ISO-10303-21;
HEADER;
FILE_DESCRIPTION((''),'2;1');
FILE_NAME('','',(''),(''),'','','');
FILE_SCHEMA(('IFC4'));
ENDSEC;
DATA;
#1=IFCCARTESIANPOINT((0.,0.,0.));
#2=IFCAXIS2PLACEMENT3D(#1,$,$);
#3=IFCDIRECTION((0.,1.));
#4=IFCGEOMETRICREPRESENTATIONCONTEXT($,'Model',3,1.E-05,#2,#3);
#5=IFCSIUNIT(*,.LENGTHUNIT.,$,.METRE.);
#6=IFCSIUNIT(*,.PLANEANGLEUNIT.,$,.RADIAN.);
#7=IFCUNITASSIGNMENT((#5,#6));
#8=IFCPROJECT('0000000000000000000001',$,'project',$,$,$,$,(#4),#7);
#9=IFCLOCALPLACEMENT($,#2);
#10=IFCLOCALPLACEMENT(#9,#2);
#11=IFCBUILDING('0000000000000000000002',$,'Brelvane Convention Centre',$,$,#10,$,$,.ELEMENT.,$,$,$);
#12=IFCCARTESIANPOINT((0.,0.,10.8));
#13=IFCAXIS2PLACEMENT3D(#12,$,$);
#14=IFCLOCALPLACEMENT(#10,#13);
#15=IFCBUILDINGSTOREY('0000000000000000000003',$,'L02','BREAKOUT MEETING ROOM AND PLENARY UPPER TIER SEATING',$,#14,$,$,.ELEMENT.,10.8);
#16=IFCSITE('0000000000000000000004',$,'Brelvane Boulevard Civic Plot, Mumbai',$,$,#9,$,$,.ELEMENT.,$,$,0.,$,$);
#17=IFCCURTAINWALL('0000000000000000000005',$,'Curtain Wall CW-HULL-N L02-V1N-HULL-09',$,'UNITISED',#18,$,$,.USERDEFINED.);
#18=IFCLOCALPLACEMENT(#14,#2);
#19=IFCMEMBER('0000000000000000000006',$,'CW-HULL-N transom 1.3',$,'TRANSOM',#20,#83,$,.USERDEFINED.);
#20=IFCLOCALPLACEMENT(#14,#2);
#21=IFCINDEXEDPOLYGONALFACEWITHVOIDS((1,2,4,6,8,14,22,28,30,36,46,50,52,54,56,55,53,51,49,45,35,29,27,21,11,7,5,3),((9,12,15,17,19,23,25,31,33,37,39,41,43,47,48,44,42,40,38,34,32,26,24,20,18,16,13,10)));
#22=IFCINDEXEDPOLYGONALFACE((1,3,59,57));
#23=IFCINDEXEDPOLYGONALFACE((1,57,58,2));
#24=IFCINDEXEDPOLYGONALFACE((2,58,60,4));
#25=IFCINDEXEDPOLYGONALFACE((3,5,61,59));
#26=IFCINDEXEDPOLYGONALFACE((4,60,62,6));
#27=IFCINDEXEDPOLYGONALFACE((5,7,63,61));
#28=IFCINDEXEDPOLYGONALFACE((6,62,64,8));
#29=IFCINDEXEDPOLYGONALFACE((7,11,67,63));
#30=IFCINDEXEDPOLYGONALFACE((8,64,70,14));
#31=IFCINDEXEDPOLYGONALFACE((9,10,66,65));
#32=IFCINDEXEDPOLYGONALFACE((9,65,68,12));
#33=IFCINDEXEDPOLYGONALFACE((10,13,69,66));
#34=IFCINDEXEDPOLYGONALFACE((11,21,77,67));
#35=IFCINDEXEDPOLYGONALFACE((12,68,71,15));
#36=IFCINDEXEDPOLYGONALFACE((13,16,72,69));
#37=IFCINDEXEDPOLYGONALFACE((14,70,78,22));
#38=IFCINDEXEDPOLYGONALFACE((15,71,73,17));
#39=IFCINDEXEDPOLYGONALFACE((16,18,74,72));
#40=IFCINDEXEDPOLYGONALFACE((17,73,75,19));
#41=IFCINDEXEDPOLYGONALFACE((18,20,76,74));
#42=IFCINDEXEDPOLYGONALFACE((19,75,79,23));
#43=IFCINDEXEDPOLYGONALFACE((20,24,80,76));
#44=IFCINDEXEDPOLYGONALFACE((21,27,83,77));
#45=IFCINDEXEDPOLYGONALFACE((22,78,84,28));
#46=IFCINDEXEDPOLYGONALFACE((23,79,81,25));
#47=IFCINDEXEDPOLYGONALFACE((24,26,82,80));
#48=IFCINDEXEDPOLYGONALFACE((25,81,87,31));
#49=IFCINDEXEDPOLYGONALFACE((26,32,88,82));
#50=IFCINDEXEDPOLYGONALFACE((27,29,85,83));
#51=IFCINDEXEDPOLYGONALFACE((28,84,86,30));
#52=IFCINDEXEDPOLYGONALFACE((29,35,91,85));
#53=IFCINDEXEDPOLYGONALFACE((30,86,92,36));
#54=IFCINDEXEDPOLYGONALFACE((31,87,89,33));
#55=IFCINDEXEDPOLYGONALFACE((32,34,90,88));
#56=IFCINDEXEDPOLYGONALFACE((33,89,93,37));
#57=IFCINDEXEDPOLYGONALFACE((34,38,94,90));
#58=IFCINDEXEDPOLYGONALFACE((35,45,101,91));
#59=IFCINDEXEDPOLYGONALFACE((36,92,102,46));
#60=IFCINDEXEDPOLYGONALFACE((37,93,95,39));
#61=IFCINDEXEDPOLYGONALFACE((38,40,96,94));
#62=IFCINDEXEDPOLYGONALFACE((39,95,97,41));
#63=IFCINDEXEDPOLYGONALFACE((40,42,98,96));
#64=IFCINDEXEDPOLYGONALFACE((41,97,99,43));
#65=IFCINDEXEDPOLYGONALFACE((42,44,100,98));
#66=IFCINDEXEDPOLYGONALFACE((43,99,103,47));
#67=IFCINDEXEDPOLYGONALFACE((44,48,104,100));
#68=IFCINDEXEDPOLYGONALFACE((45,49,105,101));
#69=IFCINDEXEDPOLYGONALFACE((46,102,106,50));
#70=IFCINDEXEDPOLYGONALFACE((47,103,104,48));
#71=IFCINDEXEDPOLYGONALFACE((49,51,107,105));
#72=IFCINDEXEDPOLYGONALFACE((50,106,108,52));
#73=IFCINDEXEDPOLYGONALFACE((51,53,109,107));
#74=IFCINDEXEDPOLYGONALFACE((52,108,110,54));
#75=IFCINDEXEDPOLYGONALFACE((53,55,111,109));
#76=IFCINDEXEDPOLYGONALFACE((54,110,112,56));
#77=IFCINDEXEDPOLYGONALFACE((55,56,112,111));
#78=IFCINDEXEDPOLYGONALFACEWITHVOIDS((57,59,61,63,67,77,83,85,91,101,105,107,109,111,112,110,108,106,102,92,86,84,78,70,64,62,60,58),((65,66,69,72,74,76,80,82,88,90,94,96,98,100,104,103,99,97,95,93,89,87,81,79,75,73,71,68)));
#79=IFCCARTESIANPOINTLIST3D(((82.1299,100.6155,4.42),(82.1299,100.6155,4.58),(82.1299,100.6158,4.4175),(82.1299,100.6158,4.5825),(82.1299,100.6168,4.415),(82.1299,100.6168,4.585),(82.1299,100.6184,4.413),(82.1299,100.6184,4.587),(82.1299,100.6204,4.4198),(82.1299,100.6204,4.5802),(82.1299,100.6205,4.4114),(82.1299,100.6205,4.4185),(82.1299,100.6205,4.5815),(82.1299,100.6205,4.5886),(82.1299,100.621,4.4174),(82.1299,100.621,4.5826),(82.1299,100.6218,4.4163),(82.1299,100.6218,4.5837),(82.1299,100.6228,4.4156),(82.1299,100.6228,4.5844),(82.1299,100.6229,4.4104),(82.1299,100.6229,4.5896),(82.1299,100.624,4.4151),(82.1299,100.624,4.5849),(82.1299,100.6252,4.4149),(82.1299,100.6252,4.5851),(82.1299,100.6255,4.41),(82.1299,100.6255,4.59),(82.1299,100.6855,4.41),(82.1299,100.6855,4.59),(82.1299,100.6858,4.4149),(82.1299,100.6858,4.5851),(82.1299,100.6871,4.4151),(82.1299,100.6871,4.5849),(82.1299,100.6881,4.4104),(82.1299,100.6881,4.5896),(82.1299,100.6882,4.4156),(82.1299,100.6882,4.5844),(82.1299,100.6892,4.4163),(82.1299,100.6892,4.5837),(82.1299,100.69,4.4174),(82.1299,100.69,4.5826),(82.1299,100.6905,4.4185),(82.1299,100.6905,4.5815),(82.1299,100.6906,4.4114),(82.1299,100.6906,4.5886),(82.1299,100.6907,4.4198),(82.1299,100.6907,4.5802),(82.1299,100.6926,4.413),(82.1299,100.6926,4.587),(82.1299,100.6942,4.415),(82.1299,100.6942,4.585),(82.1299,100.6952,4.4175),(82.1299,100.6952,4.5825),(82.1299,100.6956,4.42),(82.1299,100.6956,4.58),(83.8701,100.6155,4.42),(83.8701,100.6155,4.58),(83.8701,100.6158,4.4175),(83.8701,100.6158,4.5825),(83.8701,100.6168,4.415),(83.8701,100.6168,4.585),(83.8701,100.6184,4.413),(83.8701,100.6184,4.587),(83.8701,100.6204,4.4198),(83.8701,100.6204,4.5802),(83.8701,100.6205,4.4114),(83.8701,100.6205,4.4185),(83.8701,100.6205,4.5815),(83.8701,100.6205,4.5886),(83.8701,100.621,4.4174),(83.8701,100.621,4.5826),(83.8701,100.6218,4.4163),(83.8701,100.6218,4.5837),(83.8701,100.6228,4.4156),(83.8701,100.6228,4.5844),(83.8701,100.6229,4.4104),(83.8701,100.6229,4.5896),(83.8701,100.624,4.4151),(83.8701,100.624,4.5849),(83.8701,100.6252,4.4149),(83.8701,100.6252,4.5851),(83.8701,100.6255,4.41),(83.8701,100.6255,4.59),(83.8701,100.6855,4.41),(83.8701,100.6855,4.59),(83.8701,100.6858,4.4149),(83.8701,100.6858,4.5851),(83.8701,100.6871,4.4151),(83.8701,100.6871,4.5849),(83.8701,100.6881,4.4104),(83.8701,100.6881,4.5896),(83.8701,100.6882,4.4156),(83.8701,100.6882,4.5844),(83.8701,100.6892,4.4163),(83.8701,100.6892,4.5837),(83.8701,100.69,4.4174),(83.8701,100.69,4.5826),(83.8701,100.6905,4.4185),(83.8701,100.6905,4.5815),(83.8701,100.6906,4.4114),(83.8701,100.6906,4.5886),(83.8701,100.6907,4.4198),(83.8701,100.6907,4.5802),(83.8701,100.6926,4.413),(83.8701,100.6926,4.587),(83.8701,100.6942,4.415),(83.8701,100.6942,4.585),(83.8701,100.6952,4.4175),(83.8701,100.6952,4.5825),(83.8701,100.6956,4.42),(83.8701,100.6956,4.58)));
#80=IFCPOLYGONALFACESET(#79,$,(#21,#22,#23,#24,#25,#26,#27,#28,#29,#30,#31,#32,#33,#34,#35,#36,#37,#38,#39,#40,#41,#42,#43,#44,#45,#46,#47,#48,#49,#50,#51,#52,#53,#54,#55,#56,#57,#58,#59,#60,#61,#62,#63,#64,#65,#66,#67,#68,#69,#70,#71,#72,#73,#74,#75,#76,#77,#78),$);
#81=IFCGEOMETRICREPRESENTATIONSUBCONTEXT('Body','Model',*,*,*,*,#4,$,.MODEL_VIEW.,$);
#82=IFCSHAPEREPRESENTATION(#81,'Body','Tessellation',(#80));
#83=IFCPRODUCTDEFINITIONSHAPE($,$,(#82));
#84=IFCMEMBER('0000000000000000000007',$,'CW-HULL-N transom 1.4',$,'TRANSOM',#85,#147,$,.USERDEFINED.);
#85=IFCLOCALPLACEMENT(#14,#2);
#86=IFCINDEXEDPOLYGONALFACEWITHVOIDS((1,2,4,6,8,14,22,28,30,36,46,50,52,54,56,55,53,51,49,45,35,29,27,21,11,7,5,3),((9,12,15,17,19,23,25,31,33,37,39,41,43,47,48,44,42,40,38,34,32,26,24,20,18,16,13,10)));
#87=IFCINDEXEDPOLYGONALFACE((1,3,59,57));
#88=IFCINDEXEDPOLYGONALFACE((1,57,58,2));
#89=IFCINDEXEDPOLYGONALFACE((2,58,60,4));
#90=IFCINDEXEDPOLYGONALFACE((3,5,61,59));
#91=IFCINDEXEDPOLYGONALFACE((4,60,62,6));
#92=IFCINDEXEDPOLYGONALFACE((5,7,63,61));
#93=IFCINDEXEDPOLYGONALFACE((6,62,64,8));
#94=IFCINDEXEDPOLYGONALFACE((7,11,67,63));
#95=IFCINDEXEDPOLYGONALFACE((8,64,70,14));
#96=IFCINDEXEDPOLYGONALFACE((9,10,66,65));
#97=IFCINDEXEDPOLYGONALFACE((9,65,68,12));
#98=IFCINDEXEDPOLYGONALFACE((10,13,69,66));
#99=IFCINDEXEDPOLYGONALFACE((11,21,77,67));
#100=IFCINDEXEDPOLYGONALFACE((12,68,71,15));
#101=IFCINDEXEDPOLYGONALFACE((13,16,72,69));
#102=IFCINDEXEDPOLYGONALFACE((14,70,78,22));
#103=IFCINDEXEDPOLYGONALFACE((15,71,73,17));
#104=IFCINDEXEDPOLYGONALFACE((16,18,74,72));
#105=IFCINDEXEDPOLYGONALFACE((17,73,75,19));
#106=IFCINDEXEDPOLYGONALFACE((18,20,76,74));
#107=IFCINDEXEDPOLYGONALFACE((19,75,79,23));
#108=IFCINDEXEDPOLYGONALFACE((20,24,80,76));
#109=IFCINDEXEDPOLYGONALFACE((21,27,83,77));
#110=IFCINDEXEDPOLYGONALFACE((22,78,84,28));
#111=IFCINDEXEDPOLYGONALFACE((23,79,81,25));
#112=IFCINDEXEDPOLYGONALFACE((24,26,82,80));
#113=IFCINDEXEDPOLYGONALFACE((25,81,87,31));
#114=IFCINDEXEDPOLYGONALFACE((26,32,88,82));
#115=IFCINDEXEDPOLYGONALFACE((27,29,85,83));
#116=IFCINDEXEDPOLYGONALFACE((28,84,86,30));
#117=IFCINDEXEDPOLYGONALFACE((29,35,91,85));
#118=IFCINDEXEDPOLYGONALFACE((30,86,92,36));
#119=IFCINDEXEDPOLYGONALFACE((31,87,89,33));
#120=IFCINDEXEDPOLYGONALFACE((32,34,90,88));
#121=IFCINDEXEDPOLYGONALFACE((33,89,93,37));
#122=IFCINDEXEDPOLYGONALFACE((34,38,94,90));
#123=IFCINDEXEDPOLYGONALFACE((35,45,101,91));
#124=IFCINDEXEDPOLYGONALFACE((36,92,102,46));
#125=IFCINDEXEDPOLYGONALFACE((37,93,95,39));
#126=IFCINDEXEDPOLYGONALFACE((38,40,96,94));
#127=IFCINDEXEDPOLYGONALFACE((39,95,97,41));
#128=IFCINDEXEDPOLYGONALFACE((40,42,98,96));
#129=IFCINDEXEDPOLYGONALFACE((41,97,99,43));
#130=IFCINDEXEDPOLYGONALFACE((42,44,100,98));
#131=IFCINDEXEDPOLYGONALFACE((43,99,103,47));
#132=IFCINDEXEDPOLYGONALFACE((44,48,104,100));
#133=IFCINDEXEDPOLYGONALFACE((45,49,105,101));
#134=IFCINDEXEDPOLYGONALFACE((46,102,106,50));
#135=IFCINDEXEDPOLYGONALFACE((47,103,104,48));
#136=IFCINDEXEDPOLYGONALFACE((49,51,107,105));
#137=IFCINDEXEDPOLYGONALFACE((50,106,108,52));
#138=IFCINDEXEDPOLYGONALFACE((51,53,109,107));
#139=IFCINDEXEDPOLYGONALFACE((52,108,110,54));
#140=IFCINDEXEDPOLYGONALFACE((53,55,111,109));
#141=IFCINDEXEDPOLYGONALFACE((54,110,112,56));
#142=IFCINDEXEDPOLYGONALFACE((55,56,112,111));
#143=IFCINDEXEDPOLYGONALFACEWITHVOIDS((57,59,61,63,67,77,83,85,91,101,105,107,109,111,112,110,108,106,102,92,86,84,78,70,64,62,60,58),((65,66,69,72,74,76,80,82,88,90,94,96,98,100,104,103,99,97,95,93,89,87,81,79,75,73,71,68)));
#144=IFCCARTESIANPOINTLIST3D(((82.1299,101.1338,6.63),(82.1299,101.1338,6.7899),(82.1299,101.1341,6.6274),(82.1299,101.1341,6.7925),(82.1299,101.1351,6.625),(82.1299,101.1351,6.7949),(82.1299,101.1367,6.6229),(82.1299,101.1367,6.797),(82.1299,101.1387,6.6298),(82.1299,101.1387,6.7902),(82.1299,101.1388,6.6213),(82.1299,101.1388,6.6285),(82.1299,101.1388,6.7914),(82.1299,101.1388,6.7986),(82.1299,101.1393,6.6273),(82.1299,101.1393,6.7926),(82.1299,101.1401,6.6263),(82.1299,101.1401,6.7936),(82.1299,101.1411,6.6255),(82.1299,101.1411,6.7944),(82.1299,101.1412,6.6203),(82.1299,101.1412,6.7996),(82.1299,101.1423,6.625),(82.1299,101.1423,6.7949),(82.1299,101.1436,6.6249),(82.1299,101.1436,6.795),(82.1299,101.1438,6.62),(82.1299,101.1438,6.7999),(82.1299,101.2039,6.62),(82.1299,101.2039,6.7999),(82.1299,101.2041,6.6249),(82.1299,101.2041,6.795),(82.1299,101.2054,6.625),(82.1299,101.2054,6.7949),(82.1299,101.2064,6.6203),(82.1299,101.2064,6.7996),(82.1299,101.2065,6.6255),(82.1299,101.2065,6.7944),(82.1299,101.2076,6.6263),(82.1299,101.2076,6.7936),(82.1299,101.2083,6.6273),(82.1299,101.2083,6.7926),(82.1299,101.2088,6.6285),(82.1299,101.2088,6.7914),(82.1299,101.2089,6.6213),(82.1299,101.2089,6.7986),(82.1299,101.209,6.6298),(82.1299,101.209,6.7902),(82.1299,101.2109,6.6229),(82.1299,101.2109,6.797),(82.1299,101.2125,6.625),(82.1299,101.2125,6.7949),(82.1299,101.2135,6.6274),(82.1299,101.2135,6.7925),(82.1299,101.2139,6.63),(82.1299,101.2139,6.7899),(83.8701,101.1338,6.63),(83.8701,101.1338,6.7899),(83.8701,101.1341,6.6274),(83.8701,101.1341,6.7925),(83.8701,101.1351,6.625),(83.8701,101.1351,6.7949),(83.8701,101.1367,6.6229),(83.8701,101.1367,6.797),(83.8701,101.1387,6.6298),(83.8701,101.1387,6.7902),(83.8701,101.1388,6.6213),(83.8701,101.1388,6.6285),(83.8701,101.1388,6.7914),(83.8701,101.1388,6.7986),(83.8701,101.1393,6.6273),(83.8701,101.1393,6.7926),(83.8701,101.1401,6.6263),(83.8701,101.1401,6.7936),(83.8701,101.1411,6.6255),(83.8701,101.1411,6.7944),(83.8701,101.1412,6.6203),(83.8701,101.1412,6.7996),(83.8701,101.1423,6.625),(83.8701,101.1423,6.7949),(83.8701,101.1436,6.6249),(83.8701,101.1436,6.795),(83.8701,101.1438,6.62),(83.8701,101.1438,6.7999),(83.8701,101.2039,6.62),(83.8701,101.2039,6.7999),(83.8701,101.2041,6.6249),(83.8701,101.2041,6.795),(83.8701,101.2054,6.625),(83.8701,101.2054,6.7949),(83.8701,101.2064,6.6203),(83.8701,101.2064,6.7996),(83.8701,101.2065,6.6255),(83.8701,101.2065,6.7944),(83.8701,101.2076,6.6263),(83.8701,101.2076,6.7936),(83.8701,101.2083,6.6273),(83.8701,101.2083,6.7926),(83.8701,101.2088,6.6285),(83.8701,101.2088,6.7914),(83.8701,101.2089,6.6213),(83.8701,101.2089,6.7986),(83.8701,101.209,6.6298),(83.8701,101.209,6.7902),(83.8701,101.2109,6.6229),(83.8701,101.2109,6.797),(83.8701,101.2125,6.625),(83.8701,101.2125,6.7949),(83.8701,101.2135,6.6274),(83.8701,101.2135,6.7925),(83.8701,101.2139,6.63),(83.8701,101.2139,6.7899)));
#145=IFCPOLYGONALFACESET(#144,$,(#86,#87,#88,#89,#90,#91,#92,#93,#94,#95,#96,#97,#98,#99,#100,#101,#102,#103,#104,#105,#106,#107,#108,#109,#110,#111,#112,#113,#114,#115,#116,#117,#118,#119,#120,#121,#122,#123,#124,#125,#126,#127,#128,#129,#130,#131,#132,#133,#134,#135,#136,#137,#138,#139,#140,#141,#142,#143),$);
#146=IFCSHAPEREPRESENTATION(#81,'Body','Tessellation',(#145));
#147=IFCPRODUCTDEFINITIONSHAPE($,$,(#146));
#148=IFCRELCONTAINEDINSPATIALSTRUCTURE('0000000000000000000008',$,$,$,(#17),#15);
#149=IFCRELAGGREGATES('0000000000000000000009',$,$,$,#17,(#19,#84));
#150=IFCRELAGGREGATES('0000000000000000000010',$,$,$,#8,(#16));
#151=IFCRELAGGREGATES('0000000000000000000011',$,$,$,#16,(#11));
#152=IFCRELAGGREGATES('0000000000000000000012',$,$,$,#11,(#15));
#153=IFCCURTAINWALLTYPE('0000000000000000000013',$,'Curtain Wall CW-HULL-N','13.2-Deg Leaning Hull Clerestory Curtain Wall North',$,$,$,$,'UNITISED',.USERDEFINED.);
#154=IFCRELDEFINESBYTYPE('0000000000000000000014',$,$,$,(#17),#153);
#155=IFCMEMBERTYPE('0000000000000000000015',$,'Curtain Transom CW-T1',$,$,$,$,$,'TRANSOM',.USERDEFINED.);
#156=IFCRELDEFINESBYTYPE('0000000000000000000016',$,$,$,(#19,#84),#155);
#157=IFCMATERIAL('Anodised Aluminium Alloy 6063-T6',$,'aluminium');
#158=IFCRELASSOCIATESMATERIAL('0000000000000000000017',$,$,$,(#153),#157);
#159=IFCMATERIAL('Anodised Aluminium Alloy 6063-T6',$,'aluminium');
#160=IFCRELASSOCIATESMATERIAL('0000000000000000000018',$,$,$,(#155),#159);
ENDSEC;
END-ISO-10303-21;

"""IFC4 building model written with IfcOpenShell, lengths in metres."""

from ifc_helpers import new_model, si_unit, direction, frame, origin, origin_2d, place, context, subcontext, project, spatial, hollow_rectangle, extrude, material, material_profile, profile_set, type_object, element, aggregate, save


model = new_model("IFC4")

# Units and contexts
model_context = context("Model", 3, precision=1e-05, world=origin(), true_north=direction((0.0, 1.0)))
body_context = subcontext(model_context, "Body", "Model", "MODEL_VIEW")
ifc_project = project(units=[si_unit("LENGTHUNIT", "METRE"), si_unit("PLANEANGLEUNIT", "RADIAN")], contexts=[model_context])

# Site, building, storey
site_placement = place(None, origin())
site = spatial("IfcSite", under=ifc_project, at=site_placement, Name="Brelvane Boulevard Civic Plot, Mumbai", CompositionType="ELEMENT", RefElevation=0.0)
building_placement = place(site_placement, origin())
building = spatial("IfcBuilding", under=site, at=building_placement, Name="Brelvane Convention Centre", CompositionType="ELEMENT")
storey_placement = place(building_placement, frame((0.0, 0.0, 10.8)))
storey = spatial("IfcBuildingStorey", under=building, at=storey_placement, Name="L02", Description="BREAKOUT MEETING ROOM AND PLENARY UPPER TIER SEATING", CompositionType="ELEMENT", Elevation=10.8)

# Curtain wall
ifc_material_1 = material(Name="Anodised Aluminium Alloy 6063-T6", Category="aluminium")
curtain_wall_type = type_object("IfcCurtainWallType", Name="Curtain Wall CW-HULL-N", Description="13.2-Deg Leaning Hull Clerestory Curtain Wall North", ElementType="UNITISED", PredefinedType="USERDEFINED", material=ifc_material_1)
curtain_wall_1_placement = place(storey_placement, origin())
curtain_wall_1 = element("IfcCurtainWall", 1, at=curtain_wall_1_placement, inside=storey, type_object=curtain_wall_type, Name="Curtain Wall CW-HULL-N L02-V1N-HULL-09", ObjectType="UNITISED", PredefinedType="USERDEFINED")

# Members
ifc_material_2 = material(Name="Anodised Aluminium Alloy 6063-T6", Category="aluminium")
ifc_material_profile_1 = material_profile(ifc_material_2, hollow_rectangle(XDim=0.0801, YDim=0.1799, WallThickness=0.0049, InnerFilletRadius=0.0049, OuterFilletRadius=0.01, at=origin_2d()), Name="ALU-T 180x80x5.0")
ifc_profile_set_1 = profile_set([ifc_material_profile_1], Name="Anodised Aluminium Alloy 6063-T6")
member_type_1 = type_object("IfcMemberType", Name="Curtain Transom CW-T1", ElementType="TRANSOM", PredefinedType="USERDEFINED", material=ifc_profile_set_1)
member_1_placement = place(storey_placement, frame((82.1299, 100.6555, 4.5), z_axis=(1.0, 0.0, 0.0), x_axis=(0.0, 1.0, 0.0)))
member_1 = element("IfcMember", 2, at=member_1_placement, type_object=member_type_1, Name="CW-HULL-N transom 1.3", ObjectType="TRANSOM", PredefinedType="USERDEFINED", context=body_context, shape_type="SweptSolid", body=[
    extrude(hollow_rectangle(XDim=0.0801, YDim=0.1799, WallThickness=0.0049, InnerFilletRadius=0.0049, OuterFilletRadius=0.01, at=origin_2d()), origin(), (0.0, 0.0, 1.0), 1.7402),
])
member_2_placement = place(storey_placement, frame((82.1299, 101.1738, 6.71), z_axis=(1.0, 0.0, 0.0), x_axis=(0.0, 1.0, 0.0)))
member_2 = element("IfcMember", 3, at=member_2_placement, type_object=member_type_1, Name="CW-HULL-N transom 1.4", ObjectType="TRANSOM", PredefinedType="USERDEFINED", context=body_context, shape_type="SweptSolid", body=[
    extrude(hollow_rectangle(XDim=0.0801, YDim=0.1799, WallThickness=0.0049, InnerFilletRadius=0.0049, OuterFilletRadius=0.01, at=origin_2d()), origin(), (0.0, 0.0, 1.0), 1.7402),
])

aggregate(curtain_wall_1, [member_1, member_2])

save(model, "model.ifc")
